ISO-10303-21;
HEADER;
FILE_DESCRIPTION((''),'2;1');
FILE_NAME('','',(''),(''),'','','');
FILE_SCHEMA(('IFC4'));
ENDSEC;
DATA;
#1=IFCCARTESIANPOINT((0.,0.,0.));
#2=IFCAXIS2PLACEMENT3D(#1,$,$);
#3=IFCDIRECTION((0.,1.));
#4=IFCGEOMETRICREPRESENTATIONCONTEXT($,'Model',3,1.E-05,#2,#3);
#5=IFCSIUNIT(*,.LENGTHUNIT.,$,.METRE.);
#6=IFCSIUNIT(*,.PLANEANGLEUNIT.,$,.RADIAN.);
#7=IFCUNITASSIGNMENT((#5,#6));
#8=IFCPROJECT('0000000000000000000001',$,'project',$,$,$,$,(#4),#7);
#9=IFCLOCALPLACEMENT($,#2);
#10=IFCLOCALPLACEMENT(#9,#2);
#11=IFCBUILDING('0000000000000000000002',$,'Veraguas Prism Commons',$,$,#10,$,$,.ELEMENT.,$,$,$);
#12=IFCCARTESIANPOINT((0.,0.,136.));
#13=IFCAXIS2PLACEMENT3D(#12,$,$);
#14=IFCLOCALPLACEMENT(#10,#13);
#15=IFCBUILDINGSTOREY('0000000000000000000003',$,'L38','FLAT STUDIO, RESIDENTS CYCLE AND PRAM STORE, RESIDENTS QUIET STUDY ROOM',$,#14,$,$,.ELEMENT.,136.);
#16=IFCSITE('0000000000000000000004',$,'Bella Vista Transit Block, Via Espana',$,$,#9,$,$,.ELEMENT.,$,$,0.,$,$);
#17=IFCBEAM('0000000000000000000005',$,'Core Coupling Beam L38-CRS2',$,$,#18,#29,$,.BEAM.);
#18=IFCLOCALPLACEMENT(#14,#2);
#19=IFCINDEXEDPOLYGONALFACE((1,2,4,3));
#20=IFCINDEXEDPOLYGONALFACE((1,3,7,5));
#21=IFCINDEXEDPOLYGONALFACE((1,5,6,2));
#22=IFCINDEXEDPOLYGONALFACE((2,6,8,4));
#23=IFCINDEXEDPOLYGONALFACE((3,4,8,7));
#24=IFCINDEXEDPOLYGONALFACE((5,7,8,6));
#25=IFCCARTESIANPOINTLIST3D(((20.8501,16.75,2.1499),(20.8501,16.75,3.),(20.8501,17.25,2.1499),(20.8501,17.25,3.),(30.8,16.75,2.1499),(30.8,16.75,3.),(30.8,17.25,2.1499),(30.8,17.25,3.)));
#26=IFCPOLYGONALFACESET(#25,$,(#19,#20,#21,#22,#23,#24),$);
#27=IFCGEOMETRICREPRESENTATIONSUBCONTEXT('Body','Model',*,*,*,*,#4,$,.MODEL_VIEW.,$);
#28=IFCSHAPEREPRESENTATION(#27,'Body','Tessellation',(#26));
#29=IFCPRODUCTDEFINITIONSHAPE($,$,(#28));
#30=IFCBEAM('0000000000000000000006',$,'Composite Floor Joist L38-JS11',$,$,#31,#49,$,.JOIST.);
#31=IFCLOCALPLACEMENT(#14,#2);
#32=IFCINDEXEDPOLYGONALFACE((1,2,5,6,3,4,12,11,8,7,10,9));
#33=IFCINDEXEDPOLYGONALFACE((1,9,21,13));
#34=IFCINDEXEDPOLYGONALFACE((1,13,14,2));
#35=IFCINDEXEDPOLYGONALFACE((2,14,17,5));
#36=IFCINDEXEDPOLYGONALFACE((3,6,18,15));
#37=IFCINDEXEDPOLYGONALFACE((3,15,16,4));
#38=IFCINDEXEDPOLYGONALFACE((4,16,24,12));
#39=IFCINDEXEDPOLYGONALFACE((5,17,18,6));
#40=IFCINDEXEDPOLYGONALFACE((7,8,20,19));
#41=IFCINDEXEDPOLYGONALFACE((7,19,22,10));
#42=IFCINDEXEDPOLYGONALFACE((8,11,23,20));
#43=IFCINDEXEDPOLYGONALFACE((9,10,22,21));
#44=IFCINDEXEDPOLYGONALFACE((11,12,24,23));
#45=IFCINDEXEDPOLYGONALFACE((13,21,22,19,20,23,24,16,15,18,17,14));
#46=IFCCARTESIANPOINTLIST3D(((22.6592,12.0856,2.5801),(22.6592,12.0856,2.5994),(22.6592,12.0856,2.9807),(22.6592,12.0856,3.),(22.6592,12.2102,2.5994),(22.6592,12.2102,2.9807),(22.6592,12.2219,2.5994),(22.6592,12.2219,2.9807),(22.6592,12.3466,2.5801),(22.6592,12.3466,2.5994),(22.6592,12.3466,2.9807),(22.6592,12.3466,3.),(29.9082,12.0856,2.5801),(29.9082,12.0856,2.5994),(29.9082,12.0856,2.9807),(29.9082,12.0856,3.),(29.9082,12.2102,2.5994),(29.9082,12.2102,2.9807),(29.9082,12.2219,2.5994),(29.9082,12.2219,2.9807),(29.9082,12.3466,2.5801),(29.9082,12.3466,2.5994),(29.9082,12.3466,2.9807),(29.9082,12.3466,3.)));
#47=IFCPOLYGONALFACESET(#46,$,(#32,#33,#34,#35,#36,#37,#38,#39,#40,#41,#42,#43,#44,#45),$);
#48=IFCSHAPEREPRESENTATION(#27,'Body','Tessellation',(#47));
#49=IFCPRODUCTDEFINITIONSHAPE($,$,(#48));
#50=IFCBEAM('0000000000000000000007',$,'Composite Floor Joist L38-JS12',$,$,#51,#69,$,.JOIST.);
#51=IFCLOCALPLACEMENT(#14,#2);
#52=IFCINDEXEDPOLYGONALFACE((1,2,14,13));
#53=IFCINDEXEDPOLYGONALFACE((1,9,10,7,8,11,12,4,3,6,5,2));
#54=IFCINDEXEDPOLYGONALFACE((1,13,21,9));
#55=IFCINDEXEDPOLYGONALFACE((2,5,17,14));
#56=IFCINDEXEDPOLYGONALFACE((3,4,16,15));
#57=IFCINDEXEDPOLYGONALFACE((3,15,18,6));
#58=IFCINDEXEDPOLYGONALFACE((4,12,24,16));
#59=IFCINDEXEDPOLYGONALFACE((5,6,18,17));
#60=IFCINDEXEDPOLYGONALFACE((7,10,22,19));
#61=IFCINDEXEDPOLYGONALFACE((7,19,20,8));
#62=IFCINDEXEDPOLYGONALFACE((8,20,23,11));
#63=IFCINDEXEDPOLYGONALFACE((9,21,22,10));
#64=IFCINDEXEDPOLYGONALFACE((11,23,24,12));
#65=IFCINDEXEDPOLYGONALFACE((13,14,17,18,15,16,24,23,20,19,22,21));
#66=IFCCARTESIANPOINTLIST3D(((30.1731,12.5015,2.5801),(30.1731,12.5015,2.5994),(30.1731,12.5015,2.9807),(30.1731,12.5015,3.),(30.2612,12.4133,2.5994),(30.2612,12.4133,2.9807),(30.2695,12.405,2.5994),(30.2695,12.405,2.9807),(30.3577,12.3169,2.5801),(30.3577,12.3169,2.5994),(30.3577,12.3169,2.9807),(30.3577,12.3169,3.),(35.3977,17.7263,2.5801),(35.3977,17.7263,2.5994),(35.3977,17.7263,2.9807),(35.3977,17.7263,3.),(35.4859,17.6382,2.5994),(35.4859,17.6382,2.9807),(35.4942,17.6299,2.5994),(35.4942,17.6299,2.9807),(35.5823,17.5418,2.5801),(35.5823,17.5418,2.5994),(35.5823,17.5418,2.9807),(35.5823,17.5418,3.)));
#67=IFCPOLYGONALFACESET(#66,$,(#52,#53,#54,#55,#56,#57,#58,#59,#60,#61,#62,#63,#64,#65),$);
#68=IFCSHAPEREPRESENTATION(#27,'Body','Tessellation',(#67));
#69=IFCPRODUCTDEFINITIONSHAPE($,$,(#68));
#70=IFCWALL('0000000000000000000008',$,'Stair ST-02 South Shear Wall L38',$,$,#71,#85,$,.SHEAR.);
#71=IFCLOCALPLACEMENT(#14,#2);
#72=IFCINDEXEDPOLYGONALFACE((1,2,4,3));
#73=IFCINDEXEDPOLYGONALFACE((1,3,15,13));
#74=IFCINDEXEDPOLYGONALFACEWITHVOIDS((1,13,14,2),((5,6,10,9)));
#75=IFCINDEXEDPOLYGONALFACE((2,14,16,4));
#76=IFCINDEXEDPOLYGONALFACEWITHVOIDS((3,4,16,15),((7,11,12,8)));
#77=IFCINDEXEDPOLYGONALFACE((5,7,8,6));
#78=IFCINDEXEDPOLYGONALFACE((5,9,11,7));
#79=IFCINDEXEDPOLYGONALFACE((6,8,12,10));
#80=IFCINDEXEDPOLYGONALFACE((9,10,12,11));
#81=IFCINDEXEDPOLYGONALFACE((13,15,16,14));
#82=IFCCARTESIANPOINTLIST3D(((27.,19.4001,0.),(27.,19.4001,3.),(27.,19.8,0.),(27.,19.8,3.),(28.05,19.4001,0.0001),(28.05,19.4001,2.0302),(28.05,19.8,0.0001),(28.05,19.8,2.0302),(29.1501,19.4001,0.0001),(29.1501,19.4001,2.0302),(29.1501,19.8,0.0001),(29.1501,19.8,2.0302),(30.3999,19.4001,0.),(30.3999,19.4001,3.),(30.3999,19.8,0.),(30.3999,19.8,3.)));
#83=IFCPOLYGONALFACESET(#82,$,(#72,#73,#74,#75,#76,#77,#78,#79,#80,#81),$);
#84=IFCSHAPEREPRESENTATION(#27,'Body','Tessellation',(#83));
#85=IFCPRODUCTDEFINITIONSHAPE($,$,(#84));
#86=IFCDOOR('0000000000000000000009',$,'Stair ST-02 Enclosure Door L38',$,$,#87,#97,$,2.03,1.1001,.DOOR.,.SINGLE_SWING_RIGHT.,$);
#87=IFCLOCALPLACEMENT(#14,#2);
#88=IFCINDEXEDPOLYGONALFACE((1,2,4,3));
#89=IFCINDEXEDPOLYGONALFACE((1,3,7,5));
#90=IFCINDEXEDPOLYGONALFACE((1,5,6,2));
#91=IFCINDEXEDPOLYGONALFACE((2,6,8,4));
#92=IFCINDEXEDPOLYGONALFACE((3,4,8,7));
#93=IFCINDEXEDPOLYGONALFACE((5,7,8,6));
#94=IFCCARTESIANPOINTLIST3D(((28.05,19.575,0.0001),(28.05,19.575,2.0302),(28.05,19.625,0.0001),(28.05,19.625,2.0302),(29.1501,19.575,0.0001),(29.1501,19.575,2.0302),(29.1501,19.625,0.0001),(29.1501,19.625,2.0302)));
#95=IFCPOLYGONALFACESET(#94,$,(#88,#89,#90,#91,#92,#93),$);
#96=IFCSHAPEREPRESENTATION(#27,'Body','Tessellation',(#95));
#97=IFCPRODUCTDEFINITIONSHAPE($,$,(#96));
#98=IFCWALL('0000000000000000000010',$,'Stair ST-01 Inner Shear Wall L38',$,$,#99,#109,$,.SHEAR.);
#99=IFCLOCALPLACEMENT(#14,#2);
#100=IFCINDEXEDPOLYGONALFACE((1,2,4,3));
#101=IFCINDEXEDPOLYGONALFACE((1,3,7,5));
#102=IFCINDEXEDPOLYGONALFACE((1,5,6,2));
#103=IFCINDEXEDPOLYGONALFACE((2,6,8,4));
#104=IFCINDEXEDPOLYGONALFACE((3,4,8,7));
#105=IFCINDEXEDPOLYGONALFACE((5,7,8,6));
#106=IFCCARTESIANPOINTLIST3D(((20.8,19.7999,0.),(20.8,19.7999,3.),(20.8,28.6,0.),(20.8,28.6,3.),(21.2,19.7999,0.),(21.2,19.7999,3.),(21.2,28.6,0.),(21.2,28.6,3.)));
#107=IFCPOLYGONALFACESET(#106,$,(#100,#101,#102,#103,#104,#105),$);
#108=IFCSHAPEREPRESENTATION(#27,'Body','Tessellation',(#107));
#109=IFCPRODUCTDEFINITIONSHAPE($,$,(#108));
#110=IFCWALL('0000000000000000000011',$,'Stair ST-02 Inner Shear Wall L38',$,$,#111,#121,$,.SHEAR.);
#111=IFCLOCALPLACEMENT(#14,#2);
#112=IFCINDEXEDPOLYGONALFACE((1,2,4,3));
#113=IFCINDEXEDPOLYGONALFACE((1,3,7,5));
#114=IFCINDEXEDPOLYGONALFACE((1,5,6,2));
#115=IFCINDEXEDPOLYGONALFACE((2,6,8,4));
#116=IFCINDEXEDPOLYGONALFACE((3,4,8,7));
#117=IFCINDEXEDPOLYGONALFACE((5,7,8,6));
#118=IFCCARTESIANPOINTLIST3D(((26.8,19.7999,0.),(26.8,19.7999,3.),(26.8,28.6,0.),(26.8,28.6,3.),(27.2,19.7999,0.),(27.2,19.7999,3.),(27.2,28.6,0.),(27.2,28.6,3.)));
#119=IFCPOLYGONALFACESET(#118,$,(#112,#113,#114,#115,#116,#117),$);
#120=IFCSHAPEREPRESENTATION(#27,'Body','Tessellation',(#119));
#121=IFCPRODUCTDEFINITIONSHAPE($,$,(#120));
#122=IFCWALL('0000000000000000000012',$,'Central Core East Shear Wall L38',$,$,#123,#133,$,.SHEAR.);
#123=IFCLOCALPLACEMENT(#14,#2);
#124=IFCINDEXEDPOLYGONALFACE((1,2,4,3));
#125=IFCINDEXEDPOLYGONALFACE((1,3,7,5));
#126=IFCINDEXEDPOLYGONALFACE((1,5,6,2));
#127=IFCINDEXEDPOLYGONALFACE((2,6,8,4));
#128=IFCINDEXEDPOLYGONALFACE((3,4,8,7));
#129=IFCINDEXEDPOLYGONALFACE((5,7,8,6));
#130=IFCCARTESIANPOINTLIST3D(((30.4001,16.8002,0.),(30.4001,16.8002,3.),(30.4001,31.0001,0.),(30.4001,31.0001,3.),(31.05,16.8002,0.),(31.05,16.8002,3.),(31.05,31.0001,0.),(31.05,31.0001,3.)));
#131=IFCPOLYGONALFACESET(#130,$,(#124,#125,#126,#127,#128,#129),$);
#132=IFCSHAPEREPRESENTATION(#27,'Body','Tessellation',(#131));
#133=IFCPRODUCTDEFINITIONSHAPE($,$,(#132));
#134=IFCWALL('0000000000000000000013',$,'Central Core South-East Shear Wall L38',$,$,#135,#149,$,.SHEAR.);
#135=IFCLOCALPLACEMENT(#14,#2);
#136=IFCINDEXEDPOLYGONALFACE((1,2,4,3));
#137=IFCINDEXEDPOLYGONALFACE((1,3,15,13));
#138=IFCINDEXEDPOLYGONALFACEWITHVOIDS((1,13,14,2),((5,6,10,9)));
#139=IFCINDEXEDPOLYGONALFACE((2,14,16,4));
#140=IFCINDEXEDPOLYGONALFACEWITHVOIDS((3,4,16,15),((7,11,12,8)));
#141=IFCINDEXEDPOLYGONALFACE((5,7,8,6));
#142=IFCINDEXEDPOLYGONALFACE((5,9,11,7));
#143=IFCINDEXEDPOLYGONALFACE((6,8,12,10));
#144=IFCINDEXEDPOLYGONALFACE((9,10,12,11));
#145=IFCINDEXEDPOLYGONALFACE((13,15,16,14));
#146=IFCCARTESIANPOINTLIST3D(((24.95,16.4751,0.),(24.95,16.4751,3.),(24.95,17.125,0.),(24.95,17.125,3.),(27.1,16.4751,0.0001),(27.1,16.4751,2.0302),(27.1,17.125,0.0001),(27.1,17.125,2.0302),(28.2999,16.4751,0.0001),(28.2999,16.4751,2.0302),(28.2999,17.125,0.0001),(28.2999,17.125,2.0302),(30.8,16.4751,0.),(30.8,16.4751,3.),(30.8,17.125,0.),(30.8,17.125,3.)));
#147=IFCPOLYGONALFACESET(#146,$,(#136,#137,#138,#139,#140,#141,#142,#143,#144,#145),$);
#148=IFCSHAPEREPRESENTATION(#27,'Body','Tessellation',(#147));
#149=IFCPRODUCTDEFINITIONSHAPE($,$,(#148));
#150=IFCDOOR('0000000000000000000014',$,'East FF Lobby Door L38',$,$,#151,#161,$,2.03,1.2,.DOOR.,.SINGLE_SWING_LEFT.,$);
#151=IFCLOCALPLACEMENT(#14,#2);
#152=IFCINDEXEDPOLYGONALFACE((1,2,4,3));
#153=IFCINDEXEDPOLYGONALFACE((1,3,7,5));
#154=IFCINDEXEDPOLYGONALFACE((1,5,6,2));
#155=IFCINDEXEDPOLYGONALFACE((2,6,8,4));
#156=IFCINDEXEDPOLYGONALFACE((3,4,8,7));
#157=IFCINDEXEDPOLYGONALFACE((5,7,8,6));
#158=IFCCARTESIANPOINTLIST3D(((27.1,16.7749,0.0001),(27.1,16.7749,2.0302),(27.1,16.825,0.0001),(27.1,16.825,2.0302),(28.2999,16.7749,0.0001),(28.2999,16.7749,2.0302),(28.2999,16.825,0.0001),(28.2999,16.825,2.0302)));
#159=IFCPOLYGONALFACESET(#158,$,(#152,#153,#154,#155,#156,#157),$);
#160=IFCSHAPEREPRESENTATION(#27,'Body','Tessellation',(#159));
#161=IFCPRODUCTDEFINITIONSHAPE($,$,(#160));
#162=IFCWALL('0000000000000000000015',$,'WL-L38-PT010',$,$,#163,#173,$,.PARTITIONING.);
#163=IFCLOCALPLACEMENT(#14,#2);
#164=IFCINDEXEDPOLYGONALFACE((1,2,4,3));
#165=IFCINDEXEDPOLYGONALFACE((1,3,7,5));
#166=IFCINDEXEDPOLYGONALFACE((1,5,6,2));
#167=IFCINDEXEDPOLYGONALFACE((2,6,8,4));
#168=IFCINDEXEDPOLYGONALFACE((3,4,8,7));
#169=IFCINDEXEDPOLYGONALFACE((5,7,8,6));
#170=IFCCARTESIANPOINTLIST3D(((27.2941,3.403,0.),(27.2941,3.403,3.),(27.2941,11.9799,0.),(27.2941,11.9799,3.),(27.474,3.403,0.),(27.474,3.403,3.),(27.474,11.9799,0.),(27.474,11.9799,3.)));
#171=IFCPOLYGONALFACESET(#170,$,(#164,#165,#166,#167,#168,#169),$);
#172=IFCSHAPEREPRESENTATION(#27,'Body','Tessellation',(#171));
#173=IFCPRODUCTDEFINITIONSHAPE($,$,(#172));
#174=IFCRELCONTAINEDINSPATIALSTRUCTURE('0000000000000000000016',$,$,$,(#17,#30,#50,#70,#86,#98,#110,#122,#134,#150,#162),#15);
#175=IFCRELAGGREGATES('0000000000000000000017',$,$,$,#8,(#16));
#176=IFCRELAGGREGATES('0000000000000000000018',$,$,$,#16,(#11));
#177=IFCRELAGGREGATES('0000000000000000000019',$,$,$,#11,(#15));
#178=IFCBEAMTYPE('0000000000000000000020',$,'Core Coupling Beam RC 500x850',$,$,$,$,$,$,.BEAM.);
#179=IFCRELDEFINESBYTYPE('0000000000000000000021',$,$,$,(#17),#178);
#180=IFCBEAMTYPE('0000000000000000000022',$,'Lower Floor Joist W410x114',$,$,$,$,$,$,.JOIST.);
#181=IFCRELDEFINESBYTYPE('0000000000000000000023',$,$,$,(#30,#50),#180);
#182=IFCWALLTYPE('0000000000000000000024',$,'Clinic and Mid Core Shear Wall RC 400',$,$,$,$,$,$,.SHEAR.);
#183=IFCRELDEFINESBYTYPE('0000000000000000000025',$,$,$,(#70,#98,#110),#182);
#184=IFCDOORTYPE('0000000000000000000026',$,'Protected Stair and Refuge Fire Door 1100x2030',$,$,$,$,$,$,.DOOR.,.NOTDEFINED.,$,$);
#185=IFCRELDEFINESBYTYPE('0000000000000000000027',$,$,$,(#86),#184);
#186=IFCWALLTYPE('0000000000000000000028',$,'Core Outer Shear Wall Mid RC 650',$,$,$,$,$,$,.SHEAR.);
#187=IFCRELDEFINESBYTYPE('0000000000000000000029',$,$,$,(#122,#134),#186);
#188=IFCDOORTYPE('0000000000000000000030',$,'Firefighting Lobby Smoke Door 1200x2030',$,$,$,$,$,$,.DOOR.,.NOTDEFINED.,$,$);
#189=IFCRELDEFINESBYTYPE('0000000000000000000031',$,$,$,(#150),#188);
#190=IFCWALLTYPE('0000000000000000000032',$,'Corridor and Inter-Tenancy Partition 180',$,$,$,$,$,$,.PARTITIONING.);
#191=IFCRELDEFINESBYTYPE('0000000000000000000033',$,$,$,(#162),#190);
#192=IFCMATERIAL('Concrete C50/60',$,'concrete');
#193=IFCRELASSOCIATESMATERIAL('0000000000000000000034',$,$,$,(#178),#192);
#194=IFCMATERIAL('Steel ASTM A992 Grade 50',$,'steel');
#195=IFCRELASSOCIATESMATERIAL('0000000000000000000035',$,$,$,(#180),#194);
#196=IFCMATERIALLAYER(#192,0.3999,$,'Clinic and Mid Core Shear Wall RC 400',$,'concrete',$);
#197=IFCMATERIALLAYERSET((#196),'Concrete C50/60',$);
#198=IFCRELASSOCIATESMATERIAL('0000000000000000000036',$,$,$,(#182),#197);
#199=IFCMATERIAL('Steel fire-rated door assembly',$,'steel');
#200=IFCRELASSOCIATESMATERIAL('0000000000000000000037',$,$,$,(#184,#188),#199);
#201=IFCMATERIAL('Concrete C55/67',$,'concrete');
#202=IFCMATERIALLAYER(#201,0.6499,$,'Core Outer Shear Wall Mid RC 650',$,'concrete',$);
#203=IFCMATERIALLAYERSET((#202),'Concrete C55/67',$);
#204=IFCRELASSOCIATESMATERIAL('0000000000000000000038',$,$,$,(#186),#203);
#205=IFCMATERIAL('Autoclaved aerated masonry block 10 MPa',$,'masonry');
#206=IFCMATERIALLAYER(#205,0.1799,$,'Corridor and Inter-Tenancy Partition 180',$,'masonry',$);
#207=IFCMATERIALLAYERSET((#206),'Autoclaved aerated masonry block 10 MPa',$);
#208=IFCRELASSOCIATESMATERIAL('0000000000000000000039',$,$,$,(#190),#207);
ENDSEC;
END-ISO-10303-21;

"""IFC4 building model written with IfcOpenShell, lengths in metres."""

from ifc_helpers import new_model, si_unit, direction, frame, frame_2d, origin, origin_2d, place, context, subcontext, project, spatial, rectangle, i_section, extrude, source, transform, mapped, material, layer, layer_set, material_profile, profile_set, type_object, element, fill, save


model = new_model("IFC4")

# Units and contexts
model_context = context("Model", 3, precision=1e-05, world=origin(), true_north=direction((0.0, 1.0)))
body_context = subcontext(model_context, "Body", "Model", "MODEL_VIEW")
ifc_project = project(units=[si_unit("LENGTHUNIT", "METRE"), si_unit("PLANEANGLEUNIT", "RADIAN")], contexts=[model_context])

# Site, building, storey
site_placement = place(None, origin())
site = spatial("IfcSite", under=ifc_project, at=site_placement, Name="Bella Vista Transit Block, Via Espana", CompositionType="ELEMENT", RefElevation=0.0)
building_placement = place(site_placement, origin())
building = spatial("IfcBuilding", under=site, at=building_placement, Name="Veraguas Prism Commons", CompositionType="ELEMENT")
storey_placement = place(building_placement, frame((0.0, 0.0, 136.0)))
storey = spatial("IfcBuildingStorey", under=building, at=storey_placement, Name="L38", Description="FLAT STUDIO, RESIDENTS CYCLE AND PRAM STORE, RESIDENTS QUIET STUDY ROOM", CompositionType="ELEMENT", Elevation=136.0)

# Beams
ifc_material_1 = material(Name="Concrete C50/60", Category="concrete")
ifc_material_profile_1 = material_profile(ifc_material_1, rectangle(XDim=0.5, YDim=0.8501, at=origin_2d()), Name="RC500X850")
ifc_profile_set_1 = profile_set([ifc_material_profile_1], Name="Concrete C50/60")
beam_type_1 = type_object("IfcBeamType", Name="Core Coupling Beam RC 500x850", PredefinedType="BEAM", material=ifc_profile_set_1)
beam_1_placement = place(storey_placement, frame((20.8501, 17.0, 2.575), z_axis=(1.0, 0.0, 0.0), x_axis=(0.0, 1.0, 0.0)))
element("IfcBeam", 1, at=beam_1_placement, inside=storey, type_object=beam_type_1, Name="Core Coupling Beam L38-CRS2", PredefinedType="BEAM", context=body_context, shape_type="SweptSolid", body=[
    extrude(rectangle(XDim=0.5, YDim=0.8501, at=origin_2d()), origin(), (0.0, 0.0, 1.0), 9.95),
])
ifc_material_2 = material(Name="Steel ASTM A992 Grade 50", Category="steel")
ifc_material_profile_2 = material_profile(ifc_material_2, i_section(OverallWidth=0.261, OverallDepth=0.4199, WebThickness=0.0117, FlangeThickness=0.0193, at=origin_2d()), Name="W410X114")
ifc_profile_set_2 = profile_set([ifc_material_profile_2], Name="Steel ASTM A992 Grade 50")
beam_type_2 = type_object("IfcBeamType", Name="Lower Floor Joist W410x114", PredefinedType="JOIST", material=ifc_profile_set_2)
beam_2_placement = place(storey_placement, frame((22.6592, 12.2161, 2.79), z_axis=(1.0, 0.0, 0.0), x_axis=(0.0, 1.0, 0.0)))
element("IfcBeam", 2, at=beam_2_placement, inside=storey, type_object=beam_type_2, Name="Composite Floor Joist L38-JS11", PredefinedType="JOIST", context=body_context, shape_type="SweptSolid", body=[
    extrude(i_section(OverallWidth=0.261, OverallDepth=0.4199, WebThickness=0.0117, FlangeThickness=0.0193, at=origin_2d()), origin(), (0.0, 0.0, 1.0), 7.249),
])
beam_3_placement = place(storey_placement, frame((30.2654, 12.4092, 2.79), z_axis=(0.70709, 0.707123, 0.0), x_axis=(-0.707123, 0.70709, 0.0)))
element("IfcBeam", 3, at=beam_3_placement, inside=storey, type_object=beam_type_2, Name="Composite Floor Joist L38-JS12", PredefinedType="JOIST", context=body_context, shape_type="SweptSolid", body=[
    extrude(i_section(OverallWidth=0.261, OverallDepth=0.4199, WebThickness=0.0117, FlangeThickness=0.0193, at=origin_2d()), origin(), (0.0, 0.0, 1.0), 7.3889),
])

# Wall, opening, door
ifc_layer_1 = layer(ifc_material_1, 0.3999, Name="Clinic and Mid Core Shear Wall RC 400", Category="concrete")
ifc_layer_set_1 = layer_set([ifc_layer_1], Name="Concrete C50/60")
wall_type_1 = type_object("IfcWallType", Name="Clinic and Mid Core Shear Wall RC 400", PredefinedType="SHEAR", material=ifc_layer_set_1)
wall_1_placement = place(storey_placement, frame((27.0, 19.6001, 0.0), z_axis=(0.0, 0.0, 1.0), x_axis=(1.0, 0.0, 0.0)))
wall_1 = element("IfcWall", 4, at=wall_1_placement, inside=storey, type_object=wall_type_1, Name="Stair ST-02 South Shear Wall L38", PredefinedType="SHEAR", context=body_context, shape_type="SweptSolid", body=[
    extrude(rectangle(XDim=3.3999, YDim=0.3999, at=frame_2d((1.7, 0.0))), origin(), (0.0, 0.0, 1.0), 3.0),
])
opening_1_placement = place(wall_1_placement, frame((1.05, 0.0, 0.0)))
opening_1 = element("IfcOpeningElement", 5, at=opening_1_placement, cuts=wall_1, PredefinedType="OPENING", context=body_context, shape_type="SweptSolid", body=[
    extrude(rectangle(XDim=1.1001, YDim=2.03, at=frame_2d((0.55, 1.0151))), frame((0.0, 0.21, 0.0), z_axis=(0.0, -1.0, 0.0), x_axis=(1.0, 0.0, 0.0)), (0.0, 0.0, 1.0), 0.4199),
])
ifc_material_3 = material(Name="Steel fire-rated door assembly", Category="steel")
door_type_1 = type_object("IfcDoorType", Name="Protected Stair and Refuge Fire Door 1100x2030", OperationType="NOTDEFINED", PredefinedType="DOOR", material=ifc_material_3)
shared_shape_1 = source(origin(), body_context, "Body", "SweptSolid", [
    extrude(rectangle(XDim=1.1001, YDim=2.03, at=frame_2d((0.55, 1.0151))), frame((0.0, 0.0249, 0.0), z_axis=(0.0, -1.0, 0.0), x_axis=(1.0, 0.0, 0.0)), (0.0, 0.0, 1.0), 0.05),
])
door_1_placement = place(opening_1_placement, origin())
door_1 = element("IfcDoor", 6, at=door_1_placement, inside=storey, type_object=door_type_1, Name="Stair ST-02 Enclosure Door L38", OperationType="SINGLE_SWING_RIGHT", OverallHeight=2.03, OverallWidth=1.1001, PredefinedType="DOOR", context=body_context, shape_type="MappedRepresentation", body=[
    mapped(shared_shape_1, transform((0.0, 0.0, 0.0), scale=1.0)),
])
fill(opening_1, door_1)

# Walls
for number, where, z_axis, x_axis, name in (
    (7, (21.0, 19.8, 0.0), (0.0, 0.0, 1.0), (0.0, 1.0, 0.0), "Stair ST-01 Inner Shear Wall L38"),
    (8, (27.0, 19.8, 0.0), (0.0, 0.0, 1.0), (0.0, 1.0, 0.0), "Stair ST-02 Inner Shear Wall L38"),
):
    element("IfcWall", number, at=place(storey_placement, frame(where, z_axis=z_axis, x_axis=x_axis)), inside=storey, type_object=wall_type_1, Name=name, PredefinedType="SHEAR", context=body_context, shape_type="SweptSolid", body=[
        extrude(rectangle(XDim=8.8, YDim=0.3999, at=frame_2d((4.3999, 0.0))), origin(), (0.0, 0.0, 1.0), 3.0),
    ])
ifc_material_4 = material(Name="Concrete C55/67", Category="concrete")
ifc_layer_2 = layer(ifc_material_4, 0.6499, Name="Core Outer Shear Wall Mid RC 650", Category="concrete")
ifc_layer_set_2 = layer_set([ifc_layer_2], Name="Concrete C55/67")
wall_type_2 = type_object("IfcWallType", Name="Core Outer Shear Wall Mid RC 650", PredefinedType="SHEAR", material=ifc_layer_set_2)
wall_2_placement = place(storey_placement, frame((30.7251, 16.8, 0.0), z_axis=(0.0, 0.0, 1.0), x_axis=(0.0, 1.0, 0.0)))
element("IfcWall", 9, at=wall_2_placement, inside=storey, type_object=wall_type_2, Name="Central Core East Shear Wall L38", PredefinedType="SHEAR", context=body_context, shape_type="SweptSolid", body=[
    extrude(rectangle(XDim=14.2, YDim=0.6499, at=frame_2d((7.1001, 0.0))), origin(), (0.0, 0.0, 1.0), 3.0),
])

# Wall, opening, door
wall_3_placement = place(storey_placement, frame((24.95, 16.8, 0.0), z_axis=(0.0, 0.0, 1.0), x_axis=(1.0, 0.0, 0.0)))
wall_3 = element("IfcWall", 10, at=wall_3_placement, inside=storey, type_object=wall_type_2, Name="Central Core South-East Shear Wall L38", PredefinedType="SHEAR", context=body_context, shape_type="SweptSolid", body=[
    extrude(rectangle(XDim=5.8501, YDim=0.6499, at=frame_2d((2.925, 0.0))), origin(), (0.0, 0.0, 1.0), 3.0),
])
opening_2_placement = place(wall_3_placement, frame((2.1499, 0.0, 0.0)))
opening_2 = element("IfcOpeningElement", 11, at=opening_2_placement, cuts=wall_3, PredefinedType="OPENING", context=body_context, shape_type="SweptSolid", body=[
    extrude(rectangle(XDim=1.2, YDim=2.03, at=frame_2d((0.6001, 1.0151))), frame((0.0, 0.335, 0.0), z_axis=(0.0, -1.0, 0.0), x_axis=(1.0, 0.0, 0.0)), (0.0, 0.0, 1.0), 0.6699),
])
door_type_2 = type_object("IfcDoorType", Name="Firefighting Lobby Smoke Door 1200x2030", OperationType="NOTDEFINED", PredefinedType="DOOR", material=ifc_material_3)
shared_shape_2 = source(origin(), body_context, "Body", "SweptSolid", [
    extrude(rectangle(XDim=1.2, YDim=2.03, at=frame_2d((0.6001, 1.0151))), frame((0.0, 0.0249, 0.0), z_axis=(0.0, -1.0, 0.0), x_axis=(1.0, 0.0, 0.0)), (0.0, 0.0, 1.0), 0.05),
])
door_2_placement = place(opening_2_placement, origin())
door_2 = element("IfcDoor", 12, at=door_2_placement, inside=storey, type_object=door_type_2, Name="East FF Lobby Door L38", OperationType="SINGLE_SWING_LEFT", OverallHeight=2.03, OverallWidth=1.2, PredefinedType="DOOR", context=body_context, shape_type="MappedRepresentation", body=[
    mapped(shared_shape_2, transform((0.0, 0.0, 0.0), scale=1.0)),
])
fill(opening_2, door_2)

# Wall
ifc_material_5 = material(Name="Autoclaved aerated masonry block 10 MPa", Category="masonry")
ifc_layer_3 = layer(ifc_material_5, 0.1799, Name="Corridor and Inter-Tenancy Partition 180", Category="masonry")
ifc_layer_set_3 = layer_set([ifc_layer_3], Name="Autoclaved aerated masonry block 10 MPa")
wall_type_3 = type_object("IfcWallType", Name="Corridor and Inter-Tenancy Partition 180", PredefinedType="PARTITIONING", material=ifc_layer_set_3)
wall_4_placement = place(storey_placement, frame((27.384, 11.98, 0.0), z_axis=(0.0, 0.0, 1.0), x_axis=(0.0, -1.0, 0.0)))
element("IfcWall", 13, at=wall_4_placement, inside=storey, type_object=wall_type_3, Name="WL-L38-PT010", PredefinedType="PARTITIONING", context=body_context, shape_type="SweptSolid", body=[
    extrude(rectangle(XDim=8.5769, YDim=0.1799, at=frame_2d((4.2886, 0.0))), origin(), (0.0, 0.0, 1.0), 3.0),
])

save(model, "model.ifc")
